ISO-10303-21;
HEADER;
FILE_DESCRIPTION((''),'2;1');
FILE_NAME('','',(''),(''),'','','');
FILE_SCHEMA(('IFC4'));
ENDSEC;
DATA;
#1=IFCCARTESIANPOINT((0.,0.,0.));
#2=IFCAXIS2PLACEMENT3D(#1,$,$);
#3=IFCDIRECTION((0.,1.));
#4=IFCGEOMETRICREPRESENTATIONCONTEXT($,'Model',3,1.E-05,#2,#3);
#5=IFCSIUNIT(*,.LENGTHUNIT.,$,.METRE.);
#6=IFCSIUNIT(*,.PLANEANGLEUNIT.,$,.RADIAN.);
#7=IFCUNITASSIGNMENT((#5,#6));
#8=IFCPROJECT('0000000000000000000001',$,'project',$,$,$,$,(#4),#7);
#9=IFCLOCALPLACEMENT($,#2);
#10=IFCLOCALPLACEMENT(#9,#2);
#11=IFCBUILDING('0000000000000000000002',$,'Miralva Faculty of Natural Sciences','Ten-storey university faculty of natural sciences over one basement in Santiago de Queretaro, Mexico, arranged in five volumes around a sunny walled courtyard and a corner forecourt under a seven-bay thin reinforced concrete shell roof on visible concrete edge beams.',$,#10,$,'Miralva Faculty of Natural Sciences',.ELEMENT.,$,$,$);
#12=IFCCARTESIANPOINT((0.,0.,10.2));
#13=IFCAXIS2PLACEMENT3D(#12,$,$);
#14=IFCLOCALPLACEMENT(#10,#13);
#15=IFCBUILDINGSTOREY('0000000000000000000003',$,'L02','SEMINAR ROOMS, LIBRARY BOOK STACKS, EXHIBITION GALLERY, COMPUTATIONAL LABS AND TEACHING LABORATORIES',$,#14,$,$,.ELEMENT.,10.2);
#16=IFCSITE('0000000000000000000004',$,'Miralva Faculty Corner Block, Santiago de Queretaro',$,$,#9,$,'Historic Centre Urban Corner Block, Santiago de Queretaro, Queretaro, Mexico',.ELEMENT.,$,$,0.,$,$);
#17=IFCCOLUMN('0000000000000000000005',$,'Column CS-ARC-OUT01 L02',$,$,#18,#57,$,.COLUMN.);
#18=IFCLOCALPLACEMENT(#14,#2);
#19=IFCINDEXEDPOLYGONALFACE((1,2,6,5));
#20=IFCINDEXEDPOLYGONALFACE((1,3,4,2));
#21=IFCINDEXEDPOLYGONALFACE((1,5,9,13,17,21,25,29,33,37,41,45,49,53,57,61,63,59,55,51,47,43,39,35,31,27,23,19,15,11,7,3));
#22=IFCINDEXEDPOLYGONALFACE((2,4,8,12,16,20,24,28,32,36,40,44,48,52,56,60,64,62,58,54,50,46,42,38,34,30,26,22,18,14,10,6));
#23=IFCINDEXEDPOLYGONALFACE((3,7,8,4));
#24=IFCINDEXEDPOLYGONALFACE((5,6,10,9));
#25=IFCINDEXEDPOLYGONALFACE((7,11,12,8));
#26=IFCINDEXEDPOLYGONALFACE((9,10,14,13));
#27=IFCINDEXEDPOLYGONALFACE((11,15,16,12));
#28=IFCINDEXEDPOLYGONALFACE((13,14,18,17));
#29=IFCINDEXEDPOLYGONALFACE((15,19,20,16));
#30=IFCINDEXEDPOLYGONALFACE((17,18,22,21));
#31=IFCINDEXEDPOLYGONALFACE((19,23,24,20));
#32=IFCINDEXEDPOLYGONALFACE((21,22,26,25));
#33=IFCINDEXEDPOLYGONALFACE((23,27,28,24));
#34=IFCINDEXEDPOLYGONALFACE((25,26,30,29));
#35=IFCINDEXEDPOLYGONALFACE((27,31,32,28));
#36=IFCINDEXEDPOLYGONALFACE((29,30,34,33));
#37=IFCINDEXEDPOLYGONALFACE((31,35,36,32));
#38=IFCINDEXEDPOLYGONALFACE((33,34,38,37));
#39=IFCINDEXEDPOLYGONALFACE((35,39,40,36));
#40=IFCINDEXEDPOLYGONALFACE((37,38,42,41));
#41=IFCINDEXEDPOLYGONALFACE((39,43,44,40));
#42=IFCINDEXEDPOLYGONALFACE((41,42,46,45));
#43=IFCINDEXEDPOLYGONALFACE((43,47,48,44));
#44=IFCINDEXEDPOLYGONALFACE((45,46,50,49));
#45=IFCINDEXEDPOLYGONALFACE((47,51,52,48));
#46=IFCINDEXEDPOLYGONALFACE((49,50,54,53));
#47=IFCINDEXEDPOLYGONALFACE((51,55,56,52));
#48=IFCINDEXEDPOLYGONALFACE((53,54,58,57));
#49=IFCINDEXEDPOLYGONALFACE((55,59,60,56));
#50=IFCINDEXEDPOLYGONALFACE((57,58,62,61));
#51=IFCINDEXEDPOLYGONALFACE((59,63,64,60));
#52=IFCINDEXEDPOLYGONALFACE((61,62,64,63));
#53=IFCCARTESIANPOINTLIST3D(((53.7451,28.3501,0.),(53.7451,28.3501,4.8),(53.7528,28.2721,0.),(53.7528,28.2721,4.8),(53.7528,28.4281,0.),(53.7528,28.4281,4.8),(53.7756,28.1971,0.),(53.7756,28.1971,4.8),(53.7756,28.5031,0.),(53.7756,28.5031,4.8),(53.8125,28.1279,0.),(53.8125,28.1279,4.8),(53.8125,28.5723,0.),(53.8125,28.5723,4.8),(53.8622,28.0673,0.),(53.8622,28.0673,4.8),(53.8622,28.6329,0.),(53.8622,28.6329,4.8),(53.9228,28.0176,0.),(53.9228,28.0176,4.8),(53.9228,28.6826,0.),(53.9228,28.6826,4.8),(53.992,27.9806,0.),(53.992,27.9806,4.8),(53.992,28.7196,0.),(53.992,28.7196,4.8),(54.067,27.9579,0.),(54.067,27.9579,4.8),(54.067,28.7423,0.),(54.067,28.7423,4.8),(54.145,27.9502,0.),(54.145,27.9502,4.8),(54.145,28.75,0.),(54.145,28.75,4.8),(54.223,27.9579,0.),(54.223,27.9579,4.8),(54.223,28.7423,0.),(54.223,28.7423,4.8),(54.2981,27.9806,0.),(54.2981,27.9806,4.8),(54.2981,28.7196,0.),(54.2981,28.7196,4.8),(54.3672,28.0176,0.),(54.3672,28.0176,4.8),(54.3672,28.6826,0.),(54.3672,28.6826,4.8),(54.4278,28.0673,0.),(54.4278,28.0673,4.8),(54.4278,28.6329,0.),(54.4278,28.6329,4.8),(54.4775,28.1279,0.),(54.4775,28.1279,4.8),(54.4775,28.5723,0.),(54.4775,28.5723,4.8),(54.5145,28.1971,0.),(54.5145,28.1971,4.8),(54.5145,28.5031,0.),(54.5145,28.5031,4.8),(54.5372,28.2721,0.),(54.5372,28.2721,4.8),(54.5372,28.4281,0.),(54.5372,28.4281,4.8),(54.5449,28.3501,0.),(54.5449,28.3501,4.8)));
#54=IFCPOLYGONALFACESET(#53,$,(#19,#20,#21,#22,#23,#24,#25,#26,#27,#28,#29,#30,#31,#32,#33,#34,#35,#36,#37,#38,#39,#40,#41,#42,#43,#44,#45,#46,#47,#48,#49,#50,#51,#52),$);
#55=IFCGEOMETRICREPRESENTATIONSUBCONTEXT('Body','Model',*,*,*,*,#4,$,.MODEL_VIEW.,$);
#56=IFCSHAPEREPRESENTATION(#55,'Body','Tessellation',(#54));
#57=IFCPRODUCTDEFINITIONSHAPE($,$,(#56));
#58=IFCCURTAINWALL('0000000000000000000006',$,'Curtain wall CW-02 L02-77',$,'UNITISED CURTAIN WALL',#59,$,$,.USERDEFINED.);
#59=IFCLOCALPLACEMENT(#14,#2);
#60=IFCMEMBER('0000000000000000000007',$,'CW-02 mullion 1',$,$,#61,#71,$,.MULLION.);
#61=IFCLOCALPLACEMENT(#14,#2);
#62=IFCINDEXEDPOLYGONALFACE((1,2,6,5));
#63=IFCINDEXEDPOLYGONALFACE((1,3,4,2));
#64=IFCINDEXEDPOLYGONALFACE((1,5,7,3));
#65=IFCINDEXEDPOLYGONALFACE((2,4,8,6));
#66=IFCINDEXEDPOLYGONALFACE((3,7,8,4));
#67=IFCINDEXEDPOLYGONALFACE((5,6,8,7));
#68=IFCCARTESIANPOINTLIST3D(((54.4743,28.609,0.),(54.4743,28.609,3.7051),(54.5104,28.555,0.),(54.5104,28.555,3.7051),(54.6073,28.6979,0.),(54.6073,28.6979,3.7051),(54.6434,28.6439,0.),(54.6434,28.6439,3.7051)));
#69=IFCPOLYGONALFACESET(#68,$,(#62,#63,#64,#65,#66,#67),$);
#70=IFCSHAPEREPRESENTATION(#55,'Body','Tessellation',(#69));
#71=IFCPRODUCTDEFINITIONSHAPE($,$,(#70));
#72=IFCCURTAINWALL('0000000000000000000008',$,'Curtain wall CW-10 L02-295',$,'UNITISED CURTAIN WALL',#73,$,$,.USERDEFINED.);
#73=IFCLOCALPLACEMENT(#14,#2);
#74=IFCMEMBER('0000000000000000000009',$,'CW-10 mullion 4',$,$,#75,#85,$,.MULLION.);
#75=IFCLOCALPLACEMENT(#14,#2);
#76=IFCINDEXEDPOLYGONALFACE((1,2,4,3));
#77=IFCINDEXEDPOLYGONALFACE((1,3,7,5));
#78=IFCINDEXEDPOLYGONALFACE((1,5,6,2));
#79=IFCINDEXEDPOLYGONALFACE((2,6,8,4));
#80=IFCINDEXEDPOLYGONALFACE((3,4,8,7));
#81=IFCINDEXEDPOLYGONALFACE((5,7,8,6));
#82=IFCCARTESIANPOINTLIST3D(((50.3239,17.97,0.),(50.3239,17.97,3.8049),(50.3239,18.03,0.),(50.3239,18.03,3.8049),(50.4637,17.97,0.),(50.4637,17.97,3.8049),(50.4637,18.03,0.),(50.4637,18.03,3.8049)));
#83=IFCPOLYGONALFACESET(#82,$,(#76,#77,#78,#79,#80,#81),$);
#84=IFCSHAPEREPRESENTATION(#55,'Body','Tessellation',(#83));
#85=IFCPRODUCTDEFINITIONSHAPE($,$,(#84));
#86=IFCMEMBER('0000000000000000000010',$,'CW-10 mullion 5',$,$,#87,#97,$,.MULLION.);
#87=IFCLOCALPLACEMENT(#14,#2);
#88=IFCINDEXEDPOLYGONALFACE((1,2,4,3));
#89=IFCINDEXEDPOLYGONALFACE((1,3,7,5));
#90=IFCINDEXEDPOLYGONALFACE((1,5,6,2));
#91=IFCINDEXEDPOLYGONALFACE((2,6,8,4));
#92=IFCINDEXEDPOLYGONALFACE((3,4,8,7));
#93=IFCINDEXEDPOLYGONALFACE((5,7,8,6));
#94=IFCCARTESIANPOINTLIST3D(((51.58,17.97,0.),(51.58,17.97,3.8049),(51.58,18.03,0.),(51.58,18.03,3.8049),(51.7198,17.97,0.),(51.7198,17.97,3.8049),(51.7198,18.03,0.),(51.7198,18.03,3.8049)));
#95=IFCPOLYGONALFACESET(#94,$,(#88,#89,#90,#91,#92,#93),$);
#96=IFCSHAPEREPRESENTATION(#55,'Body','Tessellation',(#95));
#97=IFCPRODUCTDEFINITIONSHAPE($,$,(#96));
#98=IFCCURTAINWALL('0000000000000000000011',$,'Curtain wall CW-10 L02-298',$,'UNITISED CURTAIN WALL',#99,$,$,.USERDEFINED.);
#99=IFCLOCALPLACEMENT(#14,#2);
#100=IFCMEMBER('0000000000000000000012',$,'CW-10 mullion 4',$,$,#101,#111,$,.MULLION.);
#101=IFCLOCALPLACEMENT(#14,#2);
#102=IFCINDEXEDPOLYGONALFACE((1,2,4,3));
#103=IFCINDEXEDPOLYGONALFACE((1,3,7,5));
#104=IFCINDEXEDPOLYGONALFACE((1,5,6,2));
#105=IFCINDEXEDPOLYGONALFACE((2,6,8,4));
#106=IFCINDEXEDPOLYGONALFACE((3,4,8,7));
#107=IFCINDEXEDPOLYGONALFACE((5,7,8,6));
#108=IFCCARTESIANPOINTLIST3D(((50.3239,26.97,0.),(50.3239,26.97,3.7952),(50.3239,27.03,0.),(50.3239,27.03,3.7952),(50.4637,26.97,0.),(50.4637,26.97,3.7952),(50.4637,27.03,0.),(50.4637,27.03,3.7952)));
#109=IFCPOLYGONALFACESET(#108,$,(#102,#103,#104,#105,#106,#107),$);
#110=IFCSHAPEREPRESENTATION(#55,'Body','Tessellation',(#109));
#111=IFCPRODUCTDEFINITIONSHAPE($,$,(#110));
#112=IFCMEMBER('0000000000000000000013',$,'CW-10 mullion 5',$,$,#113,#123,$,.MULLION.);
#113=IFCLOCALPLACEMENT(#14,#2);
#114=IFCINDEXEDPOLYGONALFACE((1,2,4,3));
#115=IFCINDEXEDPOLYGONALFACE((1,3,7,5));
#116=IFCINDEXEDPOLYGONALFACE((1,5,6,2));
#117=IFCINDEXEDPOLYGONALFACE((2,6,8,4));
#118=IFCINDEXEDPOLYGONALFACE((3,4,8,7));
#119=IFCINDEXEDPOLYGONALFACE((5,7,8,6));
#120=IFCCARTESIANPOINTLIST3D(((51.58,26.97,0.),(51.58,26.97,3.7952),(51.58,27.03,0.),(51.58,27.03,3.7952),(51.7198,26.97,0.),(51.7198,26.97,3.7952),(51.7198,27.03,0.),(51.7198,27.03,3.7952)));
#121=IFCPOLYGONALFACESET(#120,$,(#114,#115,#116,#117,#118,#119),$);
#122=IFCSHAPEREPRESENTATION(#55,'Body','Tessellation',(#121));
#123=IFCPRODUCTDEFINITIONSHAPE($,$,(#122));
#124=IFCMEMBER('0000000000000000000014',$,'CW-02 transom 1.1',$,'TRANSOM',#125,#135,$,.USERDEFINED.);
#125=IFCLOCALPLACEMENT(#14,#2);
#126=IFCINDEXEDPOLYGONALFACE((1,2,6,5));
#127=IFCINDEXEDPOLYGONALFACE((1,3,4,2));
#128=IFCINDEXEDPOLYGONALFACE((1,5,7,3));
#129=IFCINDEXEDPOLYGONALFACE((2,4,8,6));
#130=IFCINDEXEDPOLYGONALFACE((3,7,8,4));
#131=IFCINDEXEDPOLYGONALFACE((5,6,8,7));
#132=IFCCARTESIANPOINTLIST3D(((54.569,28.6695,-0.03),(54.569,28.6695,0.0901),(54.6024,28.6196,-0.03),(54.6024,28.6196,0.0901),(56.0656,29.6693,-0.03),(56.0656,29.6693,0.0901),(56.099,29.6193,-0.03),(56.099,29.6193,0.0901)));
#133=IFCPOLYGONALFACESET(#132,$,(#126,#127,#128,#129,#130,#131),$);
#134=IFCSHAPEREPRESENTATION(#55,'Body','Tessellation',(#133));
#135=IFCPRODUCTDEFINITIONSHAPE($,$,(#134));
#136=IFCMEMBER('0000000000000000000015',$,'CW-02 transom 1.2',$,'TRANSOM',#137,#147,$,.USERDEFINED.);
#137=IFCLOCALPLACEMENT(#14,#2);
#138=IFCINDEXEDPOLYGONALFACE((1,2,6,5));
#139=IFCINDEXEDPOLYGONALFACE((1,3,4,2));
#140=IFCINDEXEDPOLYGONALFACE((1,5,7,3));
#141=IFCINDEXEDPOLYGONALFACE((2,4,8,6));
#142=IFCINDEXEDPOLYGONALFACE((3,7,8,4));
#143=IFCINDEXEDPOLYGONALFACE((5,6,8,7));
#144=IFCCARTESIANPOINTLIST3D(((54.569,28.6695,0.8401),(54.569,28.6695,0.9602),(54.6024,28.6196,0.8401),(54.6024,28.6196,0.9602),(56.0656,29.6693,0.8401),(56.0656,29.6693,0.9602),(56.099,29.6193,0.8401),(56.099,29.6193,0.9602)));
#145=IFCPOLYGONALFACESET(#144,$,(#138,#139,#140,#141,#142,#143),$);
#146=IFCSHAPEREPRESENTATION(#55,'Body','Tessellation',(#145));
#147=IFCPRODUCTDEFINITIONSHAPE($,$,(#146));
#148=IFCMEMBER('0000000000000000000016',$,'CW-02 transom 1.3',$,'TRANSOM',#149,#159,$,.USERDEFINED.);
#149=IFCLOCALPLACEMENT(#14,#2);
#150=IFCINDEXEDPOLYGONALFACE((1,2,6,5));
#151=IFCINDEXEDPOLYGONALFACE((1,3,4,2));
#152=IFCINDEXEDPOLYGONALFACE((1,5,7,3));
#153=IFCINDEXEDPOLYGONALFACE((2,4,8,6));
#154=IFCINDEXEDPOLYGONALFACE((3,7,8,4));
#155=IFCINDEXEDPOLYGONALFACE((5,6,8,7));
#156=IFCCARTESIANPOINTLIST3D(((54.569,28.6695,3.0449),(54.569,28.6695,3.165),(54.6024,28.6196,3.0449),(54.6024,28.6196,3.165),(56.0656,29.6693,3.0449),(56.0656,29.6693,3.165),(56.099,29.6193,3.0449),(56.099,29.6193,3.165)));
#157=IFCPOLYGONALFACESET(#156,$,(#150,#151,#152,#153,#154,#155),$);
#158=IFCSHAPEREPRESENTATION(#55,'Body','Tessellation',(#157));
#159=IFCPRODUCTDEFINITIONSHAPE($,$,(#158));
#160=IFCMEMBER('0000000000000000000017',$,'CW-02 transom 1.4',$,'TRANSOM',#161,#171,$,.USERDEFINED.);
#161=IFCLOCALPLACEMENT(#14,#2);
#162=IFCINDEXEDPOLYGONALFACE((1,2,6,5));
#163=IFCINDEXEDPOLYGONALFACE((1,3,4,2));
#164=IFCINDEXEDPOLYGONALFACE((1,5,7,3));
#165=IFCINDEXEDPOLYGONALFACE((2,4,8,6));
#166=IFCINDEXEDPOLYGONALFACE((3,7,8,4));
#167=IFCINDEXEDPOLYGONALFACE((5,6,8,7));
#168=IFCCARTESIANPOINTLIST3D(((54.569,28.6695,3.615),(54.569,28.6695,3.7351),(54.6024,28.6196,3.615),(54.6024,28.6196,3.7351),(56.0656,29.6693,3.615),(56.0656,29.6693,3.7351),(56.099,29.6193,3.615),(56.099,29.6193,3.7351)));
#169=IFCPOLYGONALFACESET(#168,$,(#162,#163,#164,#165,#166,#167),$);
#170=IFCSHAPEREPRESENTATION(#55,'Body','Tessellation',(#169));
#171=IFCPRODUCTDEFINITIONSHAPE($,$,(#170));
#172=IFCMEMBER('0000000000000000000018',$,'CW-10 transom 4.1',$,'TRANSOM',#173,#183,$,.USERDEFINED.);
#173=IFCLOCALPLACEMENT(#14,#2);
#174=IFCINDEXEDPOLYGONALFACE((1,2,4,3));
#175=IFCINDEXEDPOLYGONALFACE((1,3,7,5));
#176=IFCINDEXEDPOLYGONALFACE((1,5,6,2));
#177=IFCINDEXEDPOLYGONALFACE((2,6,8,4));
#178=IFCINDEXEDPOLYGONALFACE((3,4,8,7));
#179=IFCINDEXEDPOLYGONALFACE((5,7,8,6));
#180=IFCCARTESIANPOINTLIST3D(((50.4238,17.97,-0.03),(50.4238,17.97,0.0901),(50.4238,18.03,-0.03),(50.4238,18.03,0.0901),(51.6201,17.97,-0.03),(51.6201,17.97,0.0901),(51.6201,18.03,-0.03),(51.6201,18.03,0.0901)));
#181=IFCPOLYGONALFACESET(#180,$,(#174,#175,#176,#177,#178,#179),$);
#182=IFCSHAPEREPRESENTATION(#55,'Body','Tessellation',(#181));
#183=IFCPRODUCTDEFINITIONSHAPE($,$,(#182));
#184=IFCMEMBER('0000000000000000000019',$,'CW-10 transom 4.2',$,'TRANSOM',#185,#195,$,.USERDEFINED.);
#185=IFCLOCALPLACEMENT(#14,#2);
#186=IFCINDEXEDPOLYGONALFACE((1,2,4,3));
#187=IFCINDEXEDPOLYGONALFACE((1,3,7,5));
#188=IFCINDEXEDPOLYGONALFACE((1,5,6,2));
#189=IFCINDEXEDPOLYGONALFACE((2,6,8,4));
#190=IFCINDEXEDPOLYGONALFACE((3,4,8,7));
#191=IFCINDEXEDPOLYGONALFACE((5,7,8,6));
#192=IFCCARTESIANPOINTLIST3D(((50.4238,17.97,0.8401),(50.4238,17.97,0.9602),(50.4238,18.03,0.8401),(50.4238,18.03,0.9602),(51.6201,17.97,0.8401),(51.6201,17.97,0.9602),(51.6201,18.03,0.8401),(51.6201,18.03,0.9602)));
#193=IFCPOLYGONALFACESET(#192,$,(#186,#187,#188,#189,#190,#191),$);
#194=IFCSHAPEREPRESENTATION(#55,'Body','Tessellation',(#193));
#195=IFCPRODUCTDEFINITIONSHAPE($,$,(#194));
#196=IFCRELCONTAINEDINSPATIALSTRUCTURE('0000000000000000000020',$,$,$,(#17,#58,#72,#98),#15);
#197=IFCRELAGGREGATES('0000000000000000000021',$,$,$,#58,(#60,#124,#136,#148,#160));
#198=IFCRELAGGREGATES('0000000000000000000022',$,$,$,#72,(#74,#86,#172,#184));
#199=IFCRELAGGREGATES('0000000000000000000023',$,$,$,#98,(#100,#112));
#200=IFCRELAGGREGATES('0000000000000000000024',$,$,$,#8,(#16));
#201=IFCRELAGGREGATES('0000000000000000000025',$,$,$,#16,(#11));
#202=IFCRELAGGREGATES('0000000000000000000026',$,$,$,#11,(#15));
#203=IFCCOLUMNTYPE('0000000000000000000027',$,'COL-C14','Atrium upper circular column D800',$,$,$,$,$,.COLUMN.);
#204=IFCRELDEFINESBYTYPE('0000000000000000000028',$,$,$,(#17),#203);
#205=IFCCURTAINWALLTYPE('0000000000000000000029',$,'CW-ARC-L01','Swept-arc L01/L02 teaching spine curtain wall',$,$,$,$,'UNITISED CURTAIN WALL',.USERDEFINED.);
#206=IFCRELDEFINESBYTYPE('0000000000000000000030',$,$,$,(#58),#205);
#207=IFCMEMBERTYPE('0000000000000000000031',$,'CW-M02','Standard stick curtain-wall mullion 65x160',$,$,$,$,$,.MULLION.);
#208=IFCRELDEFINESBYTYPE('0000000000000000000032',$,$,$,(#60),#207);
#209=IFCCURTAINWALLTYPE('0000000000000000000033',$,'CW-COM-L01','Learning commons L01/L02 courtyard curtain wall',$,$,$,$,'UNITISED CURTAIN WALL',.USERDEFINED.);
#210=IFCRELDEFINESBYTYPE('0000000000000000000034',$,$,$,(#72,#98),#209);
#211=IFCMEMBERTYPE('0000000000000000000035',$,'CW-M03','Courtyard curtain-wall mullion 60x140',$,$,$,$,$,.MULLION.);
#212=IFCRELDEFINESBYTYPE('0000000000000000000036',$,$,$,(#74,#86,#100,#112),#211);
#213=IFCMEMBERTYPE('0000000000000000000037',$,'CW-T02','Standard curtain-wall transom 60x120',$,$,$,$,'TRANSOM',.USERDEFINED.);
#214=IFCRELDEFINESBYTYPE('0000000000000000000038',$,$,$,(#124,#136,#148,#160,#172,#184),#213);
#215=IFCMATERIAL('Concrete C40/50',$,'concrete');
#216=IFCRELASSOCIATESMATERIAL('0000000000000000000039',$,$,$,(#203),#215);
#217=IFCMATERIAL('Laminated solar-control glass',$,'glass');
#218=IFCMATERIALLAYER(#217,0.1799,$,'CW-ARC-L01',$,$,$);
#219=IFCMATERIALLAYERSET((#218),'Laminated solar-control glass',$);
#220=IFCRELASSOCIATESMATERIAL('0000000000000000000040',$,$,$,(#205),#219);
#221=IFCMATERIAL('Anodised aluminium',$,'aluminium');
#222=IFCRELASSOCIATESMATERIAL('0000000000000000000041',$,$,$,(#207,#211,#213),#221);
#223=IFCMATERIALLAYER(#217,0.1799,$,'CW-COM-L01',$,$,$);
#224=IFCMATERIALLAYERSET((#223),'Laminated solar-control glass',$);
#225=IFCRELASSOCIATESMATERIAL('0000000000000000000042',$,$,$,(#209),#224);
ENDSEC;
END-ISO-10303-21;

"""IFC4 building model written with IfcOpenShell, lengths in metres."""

from ifc_helpers import new_model, si_unit, direction, frame, origin, origin_2d, place, context, subcontext, project, spatial, rectangle, circle, extrude, material, layer, layer_set, material_profile, profile_set, type_object, element, aggregate, save


model = new_model("IFC4")

# Units and contexts
model_context = context("Model", 3, precision=1e-05, world=origin(), true_north=direction((0.0, 1.0)))
body_context = subcontext(model_context, "Body", "Model", "MODEL_VIEW")
ifc_project = project(units=[si_unit("LENGTHUNIT", "METRE"), si_unit("PLANEANGLEUNIT", "RADIAN")], contexts=[model_context])

# Site, building, storey
site_placement = place(None, origin())
site = spatial("IfcSite", under=ifc_project, at=site_placement, Name="Miralva Faculty Corner Block, Santiago de Queretaro", LongName="Historic Centre Urban Corner Block, Santiago de Queretaro, Queretaro, Mexico", CompositionType="ELEMENT", RefElevation=0.0)
building_placement = place(site_placement, origin())
building = spatial("IfcBuilding", under=site, at=building_placement, Name="Miralva Faculty of Natural Sciences", Description="Ten-storey university faculty of natural sciences over one basement in Santiago de Queretaro, Mexico, arranged in five volumes around a sunny walled courtyard and a corner forecourt under a seven-bay thin reinforced concrete shell roof on visible concrete edge beams.", LongName="Miralva Faculty of Natural Sciences", CompositionType="ELEMENT")
storey_placement = place(building_placement, frame((0.0, 0.0, 10.2)))
storey = spatial("IfcBuildingStorey", under=building, at=storey_placement, Name="L02", Description="SEMINAR ROOMS, LIBRARY BOOK STACKS, EXHIBITION GALLERY, COMPUTATIONAL LABS AND TEACHING LABORATORIES", CompositionType="ELEMENT", Elevation=10.2)

# Column
ifc_material_1 = material(Name="Concrete C40/50", Category="concrete")
ifc_material_profile_1 = material_profile(ifc_material_1, circle(Radius=0.3999, at=origin_2d()), Name="RC DIA 800")
ifc_profile_set_1 = profile_set([ifc_material_profile_1], Name="Concrete C40/50")
column_type = type_object("IfcColumnType", Name="COL-C14", Description="Atrium upper circular column D800", PredefinedType="COLUMN", material=ifc_profile_set_1)
column_placement = place(storey_placement, frame((54.145, 28.3501, 0.0), z_axis=(0.0, 0.0, 1.0), x_axis=(1.0, 0.0, 0.0)))
element("IfcColumn", 1, at=column_placement, inside=storey, type_object=column_type, Name="Column CS-ARC-OUT01 L02", PredefinedType="COLUMN", context=body_context, shape_type="SweptSolid", body=[
    extrude(circle(Radius=0.3999, at=origin_2d()), origin(), (0.0, 0.0, 1.0), 4.8),
])

# Curtain wall, member
ifc_material_2 = material(Name="Laminated solar-control glass", Category="glass")
ifc_layer_1 = layer(ifc_material_2, 0.1799, Name="CW-ARC-L01")
ifc_layer_set_1 = layer_set([ifc_layer_1], Name="Laminated solar-control glass")
curtain_wall_type_1 = type_object("IfcCurtainWallType", Name="CW-ARC-L01", Description="Swept-arc L01/L02 teaching spine curtain wall", ElementType="UNITISED CURTAIN WALL", PredefinedType="USERDEFINED", material=ifc_layer_set_1)
curtain_wall_1_placement = place(storey_placement, origin())
curtain_wall_1 = element("IfcCurtainWall", 2, at=curtain_wall_1_placement, inside=storey, type_object=curtain_wall_type_1, Name="Curtain wall CW-02 L02-77", ObjectType="UNITISED CURTAIN WALL", PredefinedType="USERDEFINED")
ifc_material_3 = material(Name="Anodised aluminium", Category="aluminium")
ifc_material_profile_2 = material_profile(ifc_material_3, rectangle(XDim=0.0649, YDim=0.1599, at=origin_2d()), Name="MULLION 65x160")
ifc_profile_set_2 = profile_set([ifc_material_profile_2], Name="Anodised aluminium")
member_type_1 = type_object("IfcMemberType", Name="CW-M02", Description="Standard stick curtain-wall mullion 65x160", PredefinedType="MULLION", material=ifc_profile_set_2)
member_1_placement = place(storey_placement, frame((54.5588, 28.6265, 0.0), z_axis=(0.0, 0.0, 1.0), x_axis=(-0.555549, 0.831484, 0.0)))
member_1 = element("IfcMember", 3, at=member_1_placement, type_object=member_type_1, Name="CW-02 mullion 1", PredefinedType="MULLION", context=body_context, shape_type="SweptSolid", body=[
    extrude(rectangle(XDim=0.0649, YDim=0.1599, at=origin_2d()), origin(), (0.0, 0.0, 1.0), 3.7051),
])

# Curtain walls, members
ifc_layer_2 = layer(ifc_material_2, 0.1799, Name="CW-COM-L01")
ifc_layer_set_2 = layer_set([ifc_layer_2], Name="Laminated solar-control glass")
curtain_wall_type_2 = type_object("IfcCurtainWallType", Name="CW-COM-L01", Description="Learning commons L01/L02 courtyard curtain wall", ElementType="UNITISED CURTAIN WALL", PredefinedType="USERDEFINED", material=ifc_layer_set_2)
curtain_wall_2_placement = place(storey_placement, origin())
curtain_wall_2 = element("IfcCurtainWall", 4, at=curtain_wall_2_placement, inside=storey, type_object=curtain_wall_type_2, Name="Curtain wall CW-10 L02-295", ObjectType="UNITISED CURTAIN WALL", PredefinedType="USERDEFINED")
ifc_material_profile_3 = material_profile(ifc_material_3, rectangle(XDim=0.0601, YDim=0.1399, at=origin_2d()), Name="MULLION 60x140")
ifc_profile_set_3 = profile_set([ifc_material_profile_3], Name="Anodised aluminium")
member_type_2 = type_object("IfcMemberType", Name="CW-M03", Description="Courtyard curtain-wall mullion 60x140", PredefinedType="MULLION", material=ifc_profile_set_3)
member_2_placement = place(storey_placement, frame((50.3938, 18.0, 0.0), z_axis=(0.0, 0.0, 1.0), x_axis=(0.0, 1.0, 0.0)))
member_2 = element("IfcMember", 5, at=member_2_placement, type_object=member_type_2, Name="CW-10 mullion 4", PredefinedType="MULLION", context=body_context, shape_type="SweptSolid", body=[
    extrude(rectangle(XDim=0.0601, YDim=0.1399, at=origin_2d()), origin(), (0.0, 0.0, 1.0), 3.8049),
])
member_3_placement = place(storey_placement, frame((51.6499, 18.0, 0.0), z_axis=(0.0, 0.0, 1.0), x_axis=(0.0, 1.0, 0.0)))
member_3 = element("IfcMember", 6, at=member_3_placement, type_object=member_type_2, Name="CW-10 mullion 5", PredefinedType="MULLION", context=body_context, shape_type="SweptSolid", body=[
    extrude(rectangle(XDim=0.0601, YDim=0.1399, at=origin_2d()), origin(), (0.0, 0.0, 1.0), 3.8049),
])
curtain_wall_3_placement = place(storey_placement, origin())
curtain_wall_3 = element("IfcCurtainWall", 7, at=curtain_wall_3_placement, inside=storey, type_object=curtain_wall_type_2, Name="Curtain wall CW-10 L02-298", ObjectType="UNITISED CURTAIN WALL", PredefinedType="USERDEFINED")
member_4_placement = place(storey_placement, frame((50.3938, 27.0, 0.0), z_axis=(0.0, 0.0, 1.0), x_axis=(0.0, 1.0, 0.0)))
member_4 = element("IfcMember", 8, at=member_4_placement, type_object=member_type_2, Name="CW-10 mullion 4", PredefinedType="MULLION", context=body_context, shape_type="SweptSolid", body=[
    extrude(rectangle(XDim=0.0601, YDim=0.1399, at=origin_2d()), origin(), (0.0, 0.0, 1.0), 3.7952),
])
member_5_placement = place(storey_placement, frame((51.6499, 27.0, 0.0), z_axis=(0.0, 0.0, 1.0), x_axis=(0.0, 1.0, 0.0)))
member_5 = element("IfcMember", 9, at=member_5_placement, type_object=member_type_2, Name="CW-10 mullion 5", PredefinedType="MULLION", context=body_context, shape_type="SweptSolid", body=[
    extrude(rectangle(XDim=0.0601, YDim=0.1399, at=origin_2d()), origin(), (0.0, 0.0, 1.0), 3.7952),
])

# Members
ifc_material_profile_4 = material_profile(ifc_material_3, rectangle(XDim=0.0601, YDim=0.1201, at=origin_2d()), Name="TRANSOM 60x120")
ifc_profile_set_4 = profile_set([ifc_material_profile_4], Name="Anodised aluminium")
member_type_3 = type_object("IfcMemberType", Name="CW-T02", Description="Standard curtain-wall transom 60x120", ElementType="TRANSOM", PredefinedType="USERDEFINED", material=ifc_profile_set_4)
member_6_placement = place(storey_placement, frame((54.5857, 28.6445, 0.03), z_axis=(0.831528, 0.555483, 0.0), x_axis=(-0.555483, 0.831528, 0.0)))
member_6 = element("IfcMember", 10, at=member_6_placement, type_object=member_type_3, Name="CW-02 transom 1.1", ObjectType="TRANSOM", PredefinedType="USERDEFINED", context=body_context, shape_type="SweptSolid", body=[
    extrude(rectangle(XDim=0.0601, YDim=0.1201, at=origin_2d()), origin(), (0.0, 0.0, 1.0), 1.7998),
])
member_7_placement = place(storey_placement, frame((54.5857, 28.6445, 0.9001), z_axis=(0.831528, 0.555483, 0.0), x_axis=(-0.555483, 0.831528, 0.0)))
member_7 = element("IfcMember", 11, at=member_7_placement, type_object=member_type_3, Name="CW-02 transom 1.2", ObjectType="TRANSOM", PredefinedType="USERDEFINED", context=body_context, shape_type="SweptSolid", body=[
    extrude(rectangle(XDim=0.0601, YDim=0.1201, at=origin_2d()), origin(), (0.0, 0.0, 1.0), 1.7998),
])
member_8_placement = place(storey_placement, frame((54.5857, 28.6445, 3.105), z_axis=(0.831528, 0.555483, 0.0), x_axis=(-0.555483, 0.831528, 0.0)))
member_8 = element("IfcMember", 12, at=member_8_placement, type_object=member_type_3, Name="CW-02 transom 1.3", ObjectType="TRANSOM", PredefinedType="USERDEFINED", context=body_context, shape_type="SweptSolid", body=[
    extrude(rectangle(XDim=0.0601, YDim=0.1201, at=origin_2d()), origin(), (0.0, 0.0, 1.0), 1.7998),
])
member_9_placement = place(storey_placement, frame((54.5857, 28.6445, 3.675), z_axis=(0.831528, 0.555483, 0.0), x_axis=(-0.555483, 0.831528, 0.0)))
member_9 = element("IfcMember", 13, at=member_9_placement, type_object=member_type_3, Name="CW-02 transom 1.4", ObjectType="TRANSOM", PredefinedType="USERDEFINED", context=body_context, shape_type="SweptSolid", body=[
    extrude(rectangle(XDim=0.0601, YDim=0.1201, at=origin_2d()), origin(), (0.0, 0.0, 1.0), 1.7998),
])
aggregate(curtain_wall_1, [member_1, member_6, member_7, member_8, member_9])
member_10_placement = place(storey_placement, frame((50.4238, 18.0, 0.03), z_axis=(1.0, 0.0, 0.0), x_axis=(0.0, 1.0, 0.0)))
member_10 = element("IfcMember", 14, at=member_10_placement, type_object=member_type_3, Name="CW-10 transom 4.1", ObjectType="TRANSOM", PredefinedType="USERDEFINED", context=body_context, shape_type="SweptSolid", body=[
    extrude(rectangle(XDim=0.0601, YDim=0.1201, at=origin_2d()), origin(), (0.0, 0.0, 1.0), 1.1963),
])
member_11_placement = place(storey_placement, frame((50.4238, 18.0, 0.9001), z_axis=(1.0, 0.0, 0.0), x_axis=(0.0, 1.0, 0.0)))
member_11 = element("IfcMember", 15, at=member_11_placement, type_object=member_type_3, Name="CW-10 transom 4.2", ObjectType="TRANSOM", PredefinedType="USERDEFINED", context=body_context, shape_type="SweptSolid", body=[
    extrude(rectangle(XDim=0.0601, YDim=0.1201, at=origin_2d()), origin(), (0.0, 0.0, 1.0), 1.1963),
])

aggregate(curtain_wall_2, [member_2, member_3, member_10, member_11])
aggregate(curtain_wall_3, [member_4, member_5])

save(model, "model.ifc")
